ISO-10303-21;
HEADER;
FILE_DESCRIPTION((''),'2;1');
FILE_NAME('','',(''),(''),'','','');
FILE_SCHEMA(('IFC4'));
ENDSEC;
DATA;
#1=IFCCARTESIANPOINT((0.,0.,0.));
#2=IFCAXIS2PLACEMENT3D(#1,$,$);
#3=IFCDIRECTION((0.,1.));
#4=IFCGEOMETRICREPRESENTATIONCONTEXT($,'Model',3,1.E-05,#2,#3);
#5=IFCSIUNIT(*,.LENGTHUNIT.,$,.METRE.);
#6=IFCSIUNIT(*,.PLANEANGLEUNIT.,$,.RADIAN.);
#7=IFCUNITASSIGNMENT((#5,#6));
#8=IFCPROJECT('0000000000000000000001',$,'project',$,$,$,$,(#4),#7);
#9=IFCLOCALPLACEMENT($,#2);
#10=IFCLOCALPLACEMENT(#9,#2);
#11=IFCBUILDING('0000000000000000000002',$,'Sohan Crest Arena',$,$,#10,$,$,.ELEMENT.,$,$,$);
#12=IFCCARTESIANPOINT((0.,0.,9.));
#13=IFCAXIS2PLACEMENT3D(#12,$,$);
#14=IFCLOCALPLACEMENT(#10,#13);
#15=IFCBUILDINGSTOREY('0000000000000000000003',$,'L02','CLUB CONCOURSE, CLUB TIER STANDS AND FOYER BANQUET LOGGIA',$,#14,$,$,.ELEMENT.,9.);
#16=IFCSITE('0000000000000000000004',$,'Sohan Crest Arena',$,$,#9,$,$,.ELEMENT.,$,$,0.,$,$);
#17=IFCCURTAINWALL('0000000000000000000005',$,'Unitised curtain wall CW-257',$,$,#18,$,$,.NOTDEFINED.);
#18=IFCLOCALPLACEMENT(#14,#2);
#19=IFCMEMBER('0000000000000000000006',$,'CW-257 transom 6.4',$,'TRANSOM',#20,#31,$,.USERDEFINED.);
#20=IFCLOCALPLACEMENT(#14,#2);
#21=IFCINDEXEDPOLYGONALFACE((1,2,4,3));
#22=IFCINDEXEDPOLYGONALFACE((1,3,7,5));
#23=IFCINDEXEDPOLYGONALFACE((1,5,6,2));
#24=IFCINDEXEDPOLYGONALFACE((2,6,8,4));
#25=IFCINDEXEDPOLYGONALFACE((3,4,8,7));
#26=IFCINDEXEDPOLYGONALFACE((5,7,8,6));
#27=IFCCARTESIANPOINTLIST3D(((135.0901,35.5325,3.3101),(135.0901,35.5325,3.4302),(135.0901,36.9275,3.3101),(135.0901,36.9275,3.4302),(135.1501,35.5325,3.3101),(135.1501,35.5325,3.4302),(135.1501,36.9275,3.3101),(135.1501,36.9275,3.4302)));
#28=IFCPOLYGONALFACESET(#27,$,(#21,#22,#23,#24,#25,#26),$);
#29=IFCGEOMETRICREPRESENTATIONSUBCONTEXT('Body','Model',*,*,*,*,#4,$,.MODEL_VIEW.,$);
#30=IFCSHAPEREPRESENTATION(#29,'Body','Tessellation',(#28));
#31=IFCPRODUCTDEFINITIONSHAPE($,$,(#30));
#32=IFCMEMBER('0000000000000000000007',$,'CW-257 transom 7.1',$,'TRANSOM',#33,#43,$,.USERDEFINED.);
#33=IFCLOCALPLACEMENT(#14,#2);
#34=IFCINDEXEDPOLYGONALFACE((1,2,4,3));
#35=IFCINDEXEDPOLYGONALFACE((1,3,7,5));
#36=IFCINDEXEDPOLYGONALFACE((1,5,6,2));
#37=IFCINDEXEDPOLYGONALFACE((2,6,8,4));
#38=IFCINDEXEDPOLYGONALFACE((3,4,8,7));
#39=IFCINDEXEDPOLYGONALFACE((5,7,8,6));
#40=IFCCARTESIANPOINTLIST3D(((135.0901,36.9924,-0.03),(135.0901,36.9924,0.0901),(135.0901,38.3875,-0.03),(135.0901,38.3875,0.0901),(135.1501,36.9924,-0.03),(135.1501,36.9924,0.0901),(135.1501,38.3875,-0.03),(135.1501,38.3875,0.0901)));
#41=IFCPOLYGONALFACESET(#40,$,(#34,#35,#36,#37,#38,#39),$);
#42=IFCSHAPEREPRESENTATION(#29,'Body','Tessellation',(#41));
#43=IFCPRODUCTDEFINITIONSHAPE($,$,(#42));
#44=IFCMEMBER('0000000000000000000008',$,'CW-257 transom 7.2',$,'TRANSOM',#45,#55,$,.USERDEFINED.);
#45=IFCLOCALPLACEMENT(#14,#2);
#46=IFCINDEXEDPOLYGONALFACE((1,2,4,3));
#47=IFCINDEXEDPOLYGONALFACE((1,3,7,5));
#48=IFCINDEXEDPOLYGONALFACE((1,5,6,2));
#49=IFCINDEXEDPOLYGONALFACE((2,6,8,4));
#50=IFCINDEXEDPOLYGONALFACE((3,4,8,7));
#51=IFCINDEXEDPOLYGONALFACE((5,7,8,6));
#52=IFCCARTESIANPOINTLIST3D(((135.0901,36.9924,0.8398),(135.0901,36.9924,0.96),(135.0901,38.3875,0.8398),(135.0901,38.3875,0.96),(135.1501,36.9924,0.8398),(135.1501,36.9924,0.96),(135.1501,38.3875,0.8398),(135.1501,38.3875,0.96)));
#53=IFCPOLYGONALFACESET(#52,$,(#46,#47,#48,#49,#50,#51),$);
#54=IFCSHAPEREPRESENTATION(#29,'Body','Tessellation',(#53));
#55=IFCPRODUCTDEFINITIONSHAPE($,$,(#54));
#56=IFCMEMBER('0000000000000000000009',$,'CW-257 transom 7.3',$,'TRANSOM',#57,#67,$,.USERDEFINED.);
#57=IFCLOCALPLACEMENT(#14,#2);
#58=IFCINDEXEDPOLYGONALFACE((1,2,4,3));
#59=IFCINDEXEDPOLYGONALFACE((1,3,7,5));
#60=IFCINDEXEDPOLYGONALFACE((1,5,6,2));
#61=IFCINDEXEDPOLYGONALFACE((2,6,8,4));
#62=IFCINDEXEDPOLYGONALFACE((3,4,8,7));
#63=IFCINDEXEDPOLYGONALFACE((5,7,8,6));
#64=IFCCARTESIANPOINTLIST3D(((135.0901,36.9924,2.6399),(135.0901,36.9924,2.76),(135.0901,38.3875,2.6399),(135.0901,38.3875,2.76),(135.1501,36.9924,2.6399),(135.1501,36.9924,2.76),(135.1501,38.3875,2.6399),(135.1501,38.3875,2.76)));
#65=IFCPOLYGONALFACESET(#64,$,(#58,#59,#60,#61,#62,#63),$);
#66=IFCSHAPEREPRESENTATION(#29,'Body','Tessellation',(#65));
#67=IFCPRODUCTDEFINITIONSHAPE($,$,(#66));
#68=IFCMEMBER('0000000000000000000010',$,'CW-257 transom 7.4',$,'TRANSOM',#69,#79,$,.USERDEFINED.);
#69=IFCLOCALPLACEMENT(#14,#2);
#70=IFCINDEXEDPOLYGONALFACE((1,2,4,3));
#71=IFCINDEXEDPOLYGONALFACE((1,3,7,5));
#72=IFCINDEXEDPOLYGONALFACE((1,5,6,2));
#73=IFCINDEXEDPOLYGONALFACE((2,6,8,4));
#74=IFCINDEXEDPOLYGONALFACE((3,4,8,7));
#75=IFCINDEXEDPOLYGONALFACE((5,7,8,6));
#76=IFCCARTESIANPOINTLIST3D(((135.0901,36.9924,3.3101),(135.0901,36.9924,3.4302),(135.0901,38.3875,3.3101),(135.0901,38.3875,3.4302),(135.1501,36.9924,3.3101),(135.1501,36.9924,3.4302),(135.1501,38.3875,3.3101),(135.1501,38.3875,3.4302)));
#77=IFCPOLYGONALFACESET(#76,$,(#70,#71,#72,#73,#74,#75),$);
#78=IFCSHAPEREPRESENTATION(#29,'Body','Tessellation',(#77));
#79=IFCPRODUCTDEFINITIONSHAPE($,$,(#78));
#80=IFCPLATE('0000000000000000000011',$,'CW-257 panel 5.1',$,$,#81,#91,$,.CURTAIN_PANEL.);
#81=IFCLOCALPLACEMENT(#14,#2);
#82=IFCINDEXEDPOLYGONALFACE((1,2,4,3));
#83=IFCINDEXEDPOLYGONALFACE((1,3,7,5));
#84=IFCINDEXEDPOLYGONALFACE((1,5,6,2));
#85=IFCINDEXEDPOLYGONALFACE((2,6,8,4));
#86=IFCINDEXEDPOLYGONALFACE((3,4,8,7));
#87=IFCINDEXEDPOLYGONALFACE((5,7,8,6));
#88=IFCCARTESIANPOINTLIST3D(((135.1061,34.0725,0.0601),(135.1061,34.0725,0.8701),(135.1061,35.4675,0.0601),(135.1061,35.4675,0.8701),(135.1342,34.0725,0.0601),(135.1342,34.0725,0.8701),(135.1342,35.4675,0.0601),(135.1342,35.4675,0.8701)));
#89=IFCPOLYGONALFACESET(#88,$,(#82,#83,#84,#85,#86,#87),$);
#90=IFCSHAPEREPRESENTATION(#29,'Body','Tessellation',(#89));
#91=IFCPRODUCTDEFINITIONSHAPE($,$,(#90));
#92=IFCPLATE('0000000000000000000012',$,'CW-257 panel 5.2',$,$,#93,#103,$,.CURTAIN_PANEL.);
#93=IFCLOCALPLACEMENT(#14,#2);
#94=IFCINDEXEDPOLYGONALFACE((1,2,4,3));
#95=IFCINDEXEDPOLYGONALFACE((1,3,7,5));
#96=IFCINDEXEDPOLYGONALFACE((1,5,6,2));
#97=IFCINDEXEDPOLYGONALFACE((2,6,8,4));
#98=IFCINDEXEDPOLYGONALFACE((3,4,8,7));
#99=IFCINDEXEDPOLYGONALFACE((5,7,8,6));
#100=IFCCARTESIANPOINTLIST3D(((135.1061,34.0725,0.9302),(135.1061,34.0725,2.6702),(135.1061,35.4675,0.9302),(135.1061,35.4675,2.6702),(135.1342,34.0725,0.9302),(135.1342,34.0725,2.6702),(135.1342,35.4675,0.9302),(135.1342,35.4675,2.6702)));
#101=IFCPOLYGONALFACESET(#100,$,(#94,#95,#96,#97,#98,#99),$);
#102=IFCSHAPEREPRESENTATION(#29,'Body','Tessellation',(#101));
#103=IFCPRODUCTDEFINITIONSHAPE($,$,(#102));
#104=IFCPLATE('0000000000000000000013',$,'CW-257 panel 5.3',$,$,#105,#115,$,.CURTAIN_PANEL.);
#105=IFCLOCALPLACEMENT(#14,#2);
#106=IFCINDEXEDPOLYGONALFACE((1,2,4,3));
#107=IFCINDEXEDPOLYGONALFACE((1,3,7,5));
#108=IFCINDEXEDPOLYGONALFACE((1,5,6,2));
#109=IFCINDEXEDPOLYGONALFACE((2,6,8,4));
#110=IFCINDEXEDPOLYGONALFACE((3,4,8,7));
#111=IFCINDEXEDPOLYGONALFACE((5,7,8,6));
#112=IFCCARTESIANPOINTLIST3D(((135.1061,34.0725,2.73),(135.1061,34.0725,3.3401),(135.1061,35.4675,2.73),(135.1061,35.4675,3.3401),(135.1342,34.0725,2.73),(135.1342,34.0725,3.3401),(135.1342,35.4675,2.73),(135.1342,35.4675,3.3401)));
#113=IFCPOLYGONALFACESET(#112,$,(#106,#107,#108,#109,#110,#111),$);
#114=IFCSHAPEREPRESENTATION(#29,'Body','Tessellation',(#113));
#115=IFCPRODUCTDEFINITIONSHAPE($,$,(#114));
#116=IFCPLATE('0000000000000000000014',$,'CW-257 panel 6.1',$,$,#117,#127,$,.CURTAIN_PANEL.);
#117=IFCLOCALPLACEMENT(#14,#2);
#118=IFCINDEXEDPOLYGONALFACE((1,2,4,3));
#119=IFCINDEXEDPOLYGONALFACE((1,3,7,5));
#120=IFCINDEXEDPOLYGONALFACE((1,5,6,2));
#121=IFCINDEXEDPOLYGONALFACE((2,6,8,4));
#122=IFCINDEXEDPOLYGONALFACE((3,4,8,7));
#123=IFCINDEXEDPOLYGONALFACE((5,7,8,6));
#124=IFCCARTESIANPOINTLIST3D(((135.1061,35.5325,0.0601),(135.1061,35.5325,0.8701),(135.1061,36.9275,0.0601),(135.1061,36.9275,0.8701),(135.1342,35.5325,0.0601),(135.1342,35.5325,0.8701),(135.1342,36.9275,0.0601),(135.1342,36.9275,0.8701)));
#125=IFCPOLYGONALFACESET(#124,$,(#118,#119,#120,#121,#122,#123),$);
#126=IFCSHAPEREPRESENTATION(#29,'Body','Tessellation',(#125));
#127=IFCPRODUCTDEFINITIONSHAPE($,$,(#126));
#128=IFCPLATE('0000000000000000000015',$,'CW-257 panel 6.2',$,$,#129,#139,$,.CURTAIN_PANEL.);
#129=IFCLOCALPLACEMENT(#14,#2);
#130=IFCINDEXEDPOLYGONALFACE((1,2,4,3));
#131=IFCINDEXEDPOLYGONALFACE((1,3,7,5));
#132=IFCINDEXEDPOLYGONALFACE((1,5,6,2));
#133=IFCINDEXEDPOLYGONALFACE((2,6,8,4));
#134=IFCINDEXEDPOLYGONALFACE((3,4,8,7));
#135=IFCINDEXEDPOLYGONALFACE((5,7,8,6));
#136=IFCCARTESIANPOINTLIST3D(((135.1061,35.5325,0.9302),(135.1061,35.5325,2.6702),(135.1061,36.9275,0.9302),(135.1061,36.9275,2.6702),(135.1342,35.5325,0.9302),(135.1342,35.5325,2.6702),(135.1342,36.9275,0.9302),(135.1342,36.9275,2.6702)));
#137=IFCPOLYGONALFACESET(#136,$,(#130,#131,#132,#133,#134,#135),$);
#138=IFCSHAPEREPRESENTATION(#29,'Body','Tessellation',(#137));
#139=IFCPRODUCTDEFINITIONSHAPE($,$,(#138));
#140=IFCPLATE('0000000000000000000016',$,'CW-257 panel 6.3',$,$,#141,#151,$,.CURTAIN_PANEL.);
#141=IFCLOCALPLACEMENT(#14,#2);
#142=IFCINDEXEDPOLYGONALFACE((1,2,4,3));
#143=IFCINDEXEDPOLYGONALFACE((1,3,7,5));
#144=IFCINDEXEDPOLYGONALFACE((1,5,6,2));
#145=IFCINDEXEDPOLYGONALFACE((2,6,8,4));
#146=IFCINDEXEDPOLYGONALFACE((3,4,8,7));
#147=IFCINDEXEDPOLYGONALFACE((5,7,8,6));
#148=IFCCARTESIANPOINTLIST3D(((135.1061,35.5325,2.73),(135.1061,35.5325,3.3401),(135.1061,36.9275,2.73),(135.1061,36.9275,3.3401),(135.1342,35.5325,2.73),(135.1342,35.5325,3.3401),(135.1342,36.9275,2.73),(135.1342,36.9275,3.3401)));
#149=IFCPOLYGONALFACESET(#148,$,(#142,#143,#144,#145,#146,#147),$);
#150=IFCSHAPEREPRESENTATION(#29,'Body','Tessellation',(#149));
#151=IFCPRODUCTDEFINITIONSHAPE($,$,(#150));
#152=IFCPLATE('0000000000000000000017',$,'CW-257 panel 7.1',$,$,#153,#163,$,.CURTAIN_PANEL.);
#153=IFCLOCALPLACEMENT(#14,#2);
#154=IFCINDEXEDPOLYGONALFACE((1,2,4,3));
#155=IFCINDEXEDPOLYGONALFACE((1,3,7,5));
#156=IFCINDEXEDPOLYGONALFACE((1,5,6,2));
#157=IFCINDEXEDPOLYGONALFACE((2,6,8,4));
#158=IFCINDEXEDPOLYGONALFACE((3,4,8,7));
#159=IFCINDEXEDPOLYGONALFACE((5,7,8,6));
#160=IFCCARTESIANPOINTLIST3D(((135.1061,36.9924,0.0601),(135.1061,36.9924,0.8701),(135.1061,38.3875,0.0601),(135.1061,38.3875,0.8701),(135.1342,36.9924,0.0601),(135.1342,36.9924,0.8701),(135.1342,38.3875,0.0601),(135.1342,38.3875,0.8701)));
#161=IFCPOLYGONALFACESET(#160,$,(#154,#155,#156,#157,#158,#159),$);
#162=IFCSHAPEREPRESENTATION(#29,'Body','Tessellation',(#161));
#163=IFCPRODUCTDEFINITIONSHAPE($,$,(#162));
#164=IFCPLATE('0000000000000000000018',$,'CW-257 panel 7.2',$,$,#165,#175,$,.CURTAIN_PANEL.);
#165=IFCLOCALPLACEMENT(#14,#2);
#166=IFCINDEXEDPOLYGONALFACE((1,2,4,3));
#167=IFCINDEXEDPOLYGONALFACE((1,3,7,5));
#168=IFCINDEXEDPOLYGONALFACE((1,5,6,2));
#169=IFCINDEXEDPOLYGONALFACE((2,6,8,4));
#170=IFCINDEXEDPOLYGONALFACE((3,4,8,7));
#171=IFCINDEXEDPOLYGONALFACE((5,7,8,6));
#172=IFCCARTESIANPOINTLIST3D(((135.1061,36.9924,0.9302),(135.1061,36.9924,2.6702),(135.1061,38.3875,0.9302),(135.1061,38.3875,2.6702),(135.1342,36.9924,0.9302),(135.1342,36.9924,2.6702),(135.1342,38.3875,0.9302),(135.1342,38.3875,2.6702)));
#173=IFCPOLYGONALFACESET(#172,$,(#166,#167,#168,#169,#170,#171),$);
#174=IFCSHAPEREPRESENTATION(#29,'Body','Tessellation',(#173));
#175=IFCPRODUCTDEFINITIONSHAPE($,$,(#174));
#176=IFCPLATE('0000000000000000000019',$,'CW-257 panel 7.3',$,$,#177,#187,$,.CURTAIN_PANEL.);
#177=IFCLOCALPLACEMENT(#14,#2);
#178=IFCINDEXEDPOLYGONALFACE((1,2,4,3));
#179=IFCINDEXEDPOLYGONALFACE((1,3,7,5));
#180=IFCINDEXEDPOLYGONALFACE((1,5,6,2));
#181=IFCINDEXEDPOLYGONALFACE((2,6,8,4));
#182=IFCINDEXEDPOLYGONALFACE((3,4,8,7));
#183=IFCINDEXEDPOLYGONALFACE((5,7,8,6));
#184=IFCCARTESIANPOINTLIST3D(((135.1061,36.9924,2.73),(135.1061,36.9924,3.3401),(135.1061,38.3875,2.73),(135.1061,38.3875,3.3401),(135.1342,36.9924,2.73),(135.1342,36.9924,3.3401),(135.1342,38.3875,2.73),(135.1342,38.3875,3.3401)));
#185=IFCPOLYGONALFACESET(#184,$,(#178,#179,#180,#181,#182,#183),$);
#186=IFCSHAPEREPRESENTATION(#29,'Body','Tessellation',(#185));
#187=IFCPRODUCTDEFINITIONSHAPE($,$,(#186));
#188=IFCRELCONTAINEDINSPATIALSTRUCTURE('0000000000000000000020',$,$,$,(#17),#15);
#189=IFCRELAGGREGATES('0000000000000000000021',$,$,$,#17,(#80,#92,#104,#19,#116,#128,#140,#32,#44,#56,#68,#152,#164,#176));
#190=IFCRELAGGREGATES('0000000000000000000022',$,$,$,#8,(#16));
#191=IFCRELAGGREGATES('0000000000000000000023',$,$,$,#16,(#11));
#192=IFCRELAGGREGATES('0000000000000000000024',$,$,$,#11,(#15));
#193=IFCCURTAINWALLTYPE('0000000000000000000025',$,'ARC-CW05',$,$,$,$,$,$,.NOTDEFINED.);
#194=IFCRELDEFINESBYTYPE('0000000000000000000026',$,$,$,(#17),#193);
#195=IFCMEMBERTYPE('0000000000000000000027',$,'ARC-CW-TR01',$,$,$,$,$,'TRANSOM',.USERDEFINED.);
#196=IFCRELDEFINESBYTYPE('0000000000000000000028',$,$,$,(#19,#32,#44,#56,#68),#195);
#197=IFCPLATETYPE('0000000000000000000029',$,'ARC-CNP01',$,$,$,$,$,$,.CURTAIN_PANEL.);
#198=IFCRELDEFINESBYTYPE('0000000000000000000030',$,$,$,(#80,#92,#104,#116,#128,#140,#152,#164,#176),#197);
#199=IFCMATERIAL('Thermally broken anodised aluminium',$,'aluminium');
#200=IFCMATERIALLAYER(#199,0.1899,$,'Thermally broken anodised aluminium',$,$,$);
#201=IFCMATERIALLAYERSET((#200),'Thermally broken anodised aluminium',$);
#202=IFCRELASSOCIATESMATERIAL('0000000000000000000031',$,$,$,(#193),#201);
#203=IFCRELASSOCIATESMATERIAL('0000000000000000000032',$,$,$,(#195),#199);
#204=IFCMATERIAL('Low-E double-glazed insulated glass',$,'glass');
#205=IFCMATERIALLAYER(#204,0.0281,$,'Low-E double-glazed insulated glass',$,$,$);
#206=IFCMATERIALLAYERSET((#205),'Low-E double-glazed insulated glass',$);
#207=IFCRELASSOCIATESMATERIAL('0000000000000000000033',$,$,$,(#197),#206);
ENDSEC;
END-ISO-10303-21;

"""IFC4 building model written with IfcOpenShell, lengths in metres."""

from ifc_helpers import new_model, si_unit, direction, frame, origin, origin_2d, place, context, subcontext, project, spatial, rectangle, extrude, material, layer, layer_set, material_profile, profile_set, type_object, element, aggregate, save


model = new_model("IFC4")

# Units and contexts
model_context = context("Model", 3, precision=1e-05, world=origin(), true_north=direction((0.0, 1.0)))
body_context = subcontext(model_context, "Body", "Model", "MODEL_VIEW")
ifc_project = project(units=[si_unit("LENGTHUNIT", "METRE"), si_unit("PLANEANGLEUNIT", "RADIAN")], contexts=[model_context])

# Site, building, storey
site_placement = place(None, origin())
site = spatial("IfcSite", under=ifc_project, at=site_placement, Name="Sohan Crest Arena", CompositionType="ELEMENT", RefElevation=0.0)
building_placement = place(site_placement, origin())
building = spatial("IfcBuilding", under=site, at=building_placement, Name="Sohan Crest Arena", CompositionType="ELEMENT")
storey_placement = place(building_placement, frame((0.0, 0.0, 9.0)))
storey = spatial("IfcBuildingStorey", under=building, at=storey_placement, Name="L02", Description="CLUB CONCOURSE, CLUB TIER STANDS AND FOYER BANQUET LOGGIA", CompositionType="ELEMENT", Elevation=9.0)

# Curtain wall
ifc_material_1 = material(Name="Thermally broken anodised aluminium", Category="aluminium")
ifc_layer_1 = layer(ifc_material_1, 0.1899, Name="Thermally broken anodised aluminium")
ifc_layer_set_1 = layer_set([ifc_layer_1], Name="Thermally broken anodised aluminium")
curtain_wall_type_1 = type_object("IfcCurtainWallType", Name="ARC-CW05", PredefinedType="NOTDEFINED", material=ifc_layer_set_1)
curtain_wall_1_placement = place(storey_placement, origin())
curtain_wall_1 = element("IfcCurtainWall", 1, at=curtain_wall_1_placement, inside=storey, type_object=curtain_wall_type_1, Name="Unitised curtain wall CW-257", PredefinedType="NOTDEFINED")
ifc_material_profile_1 = material_profile(ifc_material_1, rectangle(XDim=0.0601, YDim=0.1201, at=origin_2d()), Name="ALU-TRAN 60x120")
ifc_profile_set_1 = profile_set([ifc_material_profile_1], Name="Thermally broken anodised aluminium")
member_type_1 = type_object("IfcMemberType", Name="ARC-CW-TR01", ElementType="TRANSOM", PredefinedType="USERDEFINED", material=ifc_profile_set_1)

# Members
member_1_placement = place(storey_placement, frame((135.1201, 35.5325, 3.3701), z_axis=(0.0, 1.0, 0.0), x_axis=(-1.0, 0.0, 0.0)))
member_1 = element("IfcMember", 2, at=member_1_placement, type_object=member_type_1, Name="CW-257 transom 6.4", ObjectType="TRANSOM", PredefinedType="USERDEFINED", context=body_context, shape_type="SweptSolid", body=[
    extrude(rectangle(XDim=0.0601, YDim=0.1201, at=origin_2d()), origin(), (0.0, 0.0, 1.0), 1.395),
])
member_2_placement = place(storey_placement, frame((135.1201, 36.9924, 0.03), z_axis=(0.0, 1.0, 0.0), x_axis=(-1.0, 0.0, 0.0)))
member_2 = element("IfcMember", 3, at=member_2_placement, type_object=member_type_1, Name="CW-257 transom 7.1", ObjectType="TRANSOM", PredefinedType="USERDEFINED", context=body_context, shape_type="SweptSolid", body=[
    extrude(rectangle(XDim=0.0601, YDim=0.1201, at=origin_2d()), origin(), (0.0, 0.0, 1.0), 1.395),
])
member_3_placement = place(storey_placement, frame((135.1201, 36.9924, 0.8999), z_axis=(0.0, 1.0, 0.0), x_axis=(-1.0, 0.0, 0.0)))
member_3 = element("IfcMember", 4, at=member_3_placement, type_object=member_type_1, Name="CW-257 transom 7.2", ObjectType="TRANSOM", PredefinedType="USERDEFINED", context=body_context, shape_type="SweptSolid", body=[
    extrude(rectangle(XDim=0.0601, YDim=0.1201, at=origin_2d()), origin(), (0.0, 0.0, 1.0), 1.395),
])
member_4_placement = place(storey_placement, frame((135.1201, 36.9924, 2.7), z_axis=(0.0, 1.0, 0.0), x_axis=(-1.0, 0.0, 0.0)))
member_4 = element("IfcMember", 5, at=member_4_placement, type_object=member_type_1, Name="CW-257 transom 7.3", ObjectType="TRANSOM", PredefinedType="USERDEFINED", context=body_context, shape_type="SweptSolid", body=[
    extrude(rectangle(XDim=0.0601, YDim=0.1201, at=origin_2d()), origin(), (0.0, 0.0, 1.0), 1.395),
])
member_5_placement = place(storey_placement, frame((135.1201, 36.9924, 3.3701), z_axis=(0.0, 1.0, 0.0), x_axis=(-1.0, 0.0, 0.0)))
member_5 = element("IfcMember", 6, at=member_5_placement, type_object=member_type_1, Name="CW-257 transom 7.4", ObjectType="TRANSOM", PredefinedType="USERDEFINED", context=body_context, shape_type="SweptSolid", body=[
    extrude(rectangle(XDim=0.0601, YDim=0.1201, at=origin_2d()), origin(), (0.0, 0.0, 1.0), 1.395),
])

# Plates
ifc_material_2 = material(Name="Low-E double-glazed insulated glass", Category="glass")
ifc_layer_2 = layer(ifc_material_2, 0.0281, Name="Low-E double-glazed insulated glass")
ifc_layer_set_2 = layer_set([ifc_layer_2], Name="Low-E double-glazed insulated glass")
plate_type_1 = type_object("IfcPlateType", Name="ARC-CNP01", PredefinedType="CURTAIN_PANEL", material=ifc_layer_set_2)
plate_1_placement = place(storey_placement, frame((135.1201, 34.77, 0.0601), z_axis=(0.0, 0.0, 1.0), x_axis=(0.0, 1.0, 0.0)))
plate_1 = element("IfcPlate", 7, at=plate_1_placement, type_object=plate_type_1, Name="CW-257 panel 5.1", PredefinedType="CURTAIN_PANEL", context=body_context, shape_type="SweptSolid", body=[
    extrude(rectangle(XDim=1.395, YDim=0.0281, at=origin_2d()), origin(), (0.0, 0.0, 1.0), 0.8101),
])
plate_2_placement = place(storey_placement, frame((135.1201, 34.77, 0.9302), z_axis=(0.0, 0.0, 1.0), x_axis=(0.0, 1.0, 0.0)))
plate_2 = element("IfcPlate", 8, at=plate_2_placement, type_object=plate_type_1, Name="CW-257 panel 5.2", PredefinedType="CURTAIN_PANEL", context=body_context, shape_type="SweptSolid", body=[
    extrude(rectangle(XDim=1.395, YDim=0.0281, at=origin_2d()), origin(), (0.0, 0.0, 1.0), 1.74),
])
plate_3_placement = place(storey_placement, frame((135.1201, 34.77, 2.73), z_axis=(0.0, 0.0, 1.0), x_axis=(0.0, 1.0, 0.0)))
plate_3 = element("IfcPlate", 9, at=plate_3_placement, type_object=plate_type_1, Name="CW-257 panel 5.3", PredefinedType="CURTAIN_PANEL", context=body_context, shape_type="SweptSolid", body=[
    extrude(rectangle(XDim=1.395, YDim=0.0281, at=origin_2d()), origin(), (0.0, 0.0, 1.0), 0.6101),
])
plate_4_placement = place(storey_placement, frame((135.1201, 36.23, 0.0601), z_axis=(0.0, 0.0, 1.0), x_axis=(0.0, 1.0, 0.0)))
plate_4 = element("IfcPlate", 10, at=plate_4_placement, type_object=plate_type_1, Name="CW-257 panel 6.1", PredefinedType="CURTAIN_PANEL", context=body_context, shape_type="SweptSolid", body=[
    extrude(rectangle(XDim=1.395, YDim=0.0281, at=origin_2d()), origin(), (0.0, 0.0, 1.0), 0.8101),
])
plate_5_placement = place(storey_placement, frame((135.1201, 36.23, 0.9302), z_axis=(0.0, 0.0, 1.0), x_axis=(0.0, 1.0, 0.0)))
plate_5 = element("IfcPlate", 11, at=plate_5_placement, type_object=plate_type_1, Name="CW-257 panel 6.2", PredefinedType="CURTAIN_PANEL", context=body_context, shape_type="SweptSolid", body=[
    extrude(rectangle(XDim=1.395, YDim=0.0281, at=origin_2d()), origin(), (0.0, 0.0, 1.0), 1.74),
])
plate_6_placement = place(storey_placement, frame((135.1201, 36.23, 2.73), z_axis=(0.0, 0.0, 1.0), x_axis=(0.0, 1.0, 0.0)))
plate_6 = element("IfcPlate", 12, at=plate_6_placement, type_object=plate_type_1, Name="CW-257 panel 6.3", PredefinedType="CURTAIN_PANEL", context=body_context, shape_type="SweptSolid", body=[
    extrude(rectangle(XDim=1.395, YDim=0.0281, at=origin_2d()), origin(), (0.0, 0.0, 1.0), 0.6101),
])
plate_7_placement = place(storey_placement, frame((135.1201, 37.6899, 0.0601), z_axis=(0.0, 0.0, 1.0), x_axis=(0.0, 1.0, 0.0)))
plate_7 = element("IfcPlate", 13, at=plate_7_placement, type_object=plate_type_1, Name="CW-257 panel 7.1", PredefinedType="CURTAIN_PANEL", context=body_context, shape_type="SweptSolid", body=[
    extrude(rectangle(XDim=1.395, YDim=0.0281, at=origin_2d()), origin(), (0.0, 0.0, 1.0), 0.8101),
])
plate_8_placement = place(storey_placement, frame((135.1201, 37.6899, 0.9302), z_axis=(0.0, 0.0, 1.0), x_axis=(0.0, 1.0, 0.0)))
plate_8 = element("IfcPlate", 14, at=plate_8_placement, type_object=plate_type_1, Name="CW-257 panel 7.2", PredefinedType="CURTAIN_PANEL", context=body_context, shape_type="SweptSolid", body=[
    extrude(rectangle(XDim=1.395, YDim=0.0281, at=origin_2d()), origin(), (0.0, 0.0, 1.0), 1.74),
])
plate_9_placement = place(storey_placement, frame((135.1201, 37.6899, 2.73), z_axis=(0.0, 0.0, 1.0), x_axis=(0.0, 1.0, 0.0)))
plate_9 = element("IfcPlate", 15, at=plate_9_placement, type_object=plate_type_1, Name="CW-257 panel 7.3", PredefinedType="CURTAIN_PANEL", context=body_context, shape_type="SweptSolid", body=[
    extrude(rectangle(XDim=1.395, YDim=0.0281, at=origin_2d()), origin(), (0.0, 0.0, 1.0), 0.6101),
])
aggregate(curtain_wall_1, [plate_1, plate_2, plate_3, member_1, plate_4, plate_5, plate_6, member_2, member_3, member_4, member_5, plate_7, plate_8, plate_9])

save(model, "model.ifc")
